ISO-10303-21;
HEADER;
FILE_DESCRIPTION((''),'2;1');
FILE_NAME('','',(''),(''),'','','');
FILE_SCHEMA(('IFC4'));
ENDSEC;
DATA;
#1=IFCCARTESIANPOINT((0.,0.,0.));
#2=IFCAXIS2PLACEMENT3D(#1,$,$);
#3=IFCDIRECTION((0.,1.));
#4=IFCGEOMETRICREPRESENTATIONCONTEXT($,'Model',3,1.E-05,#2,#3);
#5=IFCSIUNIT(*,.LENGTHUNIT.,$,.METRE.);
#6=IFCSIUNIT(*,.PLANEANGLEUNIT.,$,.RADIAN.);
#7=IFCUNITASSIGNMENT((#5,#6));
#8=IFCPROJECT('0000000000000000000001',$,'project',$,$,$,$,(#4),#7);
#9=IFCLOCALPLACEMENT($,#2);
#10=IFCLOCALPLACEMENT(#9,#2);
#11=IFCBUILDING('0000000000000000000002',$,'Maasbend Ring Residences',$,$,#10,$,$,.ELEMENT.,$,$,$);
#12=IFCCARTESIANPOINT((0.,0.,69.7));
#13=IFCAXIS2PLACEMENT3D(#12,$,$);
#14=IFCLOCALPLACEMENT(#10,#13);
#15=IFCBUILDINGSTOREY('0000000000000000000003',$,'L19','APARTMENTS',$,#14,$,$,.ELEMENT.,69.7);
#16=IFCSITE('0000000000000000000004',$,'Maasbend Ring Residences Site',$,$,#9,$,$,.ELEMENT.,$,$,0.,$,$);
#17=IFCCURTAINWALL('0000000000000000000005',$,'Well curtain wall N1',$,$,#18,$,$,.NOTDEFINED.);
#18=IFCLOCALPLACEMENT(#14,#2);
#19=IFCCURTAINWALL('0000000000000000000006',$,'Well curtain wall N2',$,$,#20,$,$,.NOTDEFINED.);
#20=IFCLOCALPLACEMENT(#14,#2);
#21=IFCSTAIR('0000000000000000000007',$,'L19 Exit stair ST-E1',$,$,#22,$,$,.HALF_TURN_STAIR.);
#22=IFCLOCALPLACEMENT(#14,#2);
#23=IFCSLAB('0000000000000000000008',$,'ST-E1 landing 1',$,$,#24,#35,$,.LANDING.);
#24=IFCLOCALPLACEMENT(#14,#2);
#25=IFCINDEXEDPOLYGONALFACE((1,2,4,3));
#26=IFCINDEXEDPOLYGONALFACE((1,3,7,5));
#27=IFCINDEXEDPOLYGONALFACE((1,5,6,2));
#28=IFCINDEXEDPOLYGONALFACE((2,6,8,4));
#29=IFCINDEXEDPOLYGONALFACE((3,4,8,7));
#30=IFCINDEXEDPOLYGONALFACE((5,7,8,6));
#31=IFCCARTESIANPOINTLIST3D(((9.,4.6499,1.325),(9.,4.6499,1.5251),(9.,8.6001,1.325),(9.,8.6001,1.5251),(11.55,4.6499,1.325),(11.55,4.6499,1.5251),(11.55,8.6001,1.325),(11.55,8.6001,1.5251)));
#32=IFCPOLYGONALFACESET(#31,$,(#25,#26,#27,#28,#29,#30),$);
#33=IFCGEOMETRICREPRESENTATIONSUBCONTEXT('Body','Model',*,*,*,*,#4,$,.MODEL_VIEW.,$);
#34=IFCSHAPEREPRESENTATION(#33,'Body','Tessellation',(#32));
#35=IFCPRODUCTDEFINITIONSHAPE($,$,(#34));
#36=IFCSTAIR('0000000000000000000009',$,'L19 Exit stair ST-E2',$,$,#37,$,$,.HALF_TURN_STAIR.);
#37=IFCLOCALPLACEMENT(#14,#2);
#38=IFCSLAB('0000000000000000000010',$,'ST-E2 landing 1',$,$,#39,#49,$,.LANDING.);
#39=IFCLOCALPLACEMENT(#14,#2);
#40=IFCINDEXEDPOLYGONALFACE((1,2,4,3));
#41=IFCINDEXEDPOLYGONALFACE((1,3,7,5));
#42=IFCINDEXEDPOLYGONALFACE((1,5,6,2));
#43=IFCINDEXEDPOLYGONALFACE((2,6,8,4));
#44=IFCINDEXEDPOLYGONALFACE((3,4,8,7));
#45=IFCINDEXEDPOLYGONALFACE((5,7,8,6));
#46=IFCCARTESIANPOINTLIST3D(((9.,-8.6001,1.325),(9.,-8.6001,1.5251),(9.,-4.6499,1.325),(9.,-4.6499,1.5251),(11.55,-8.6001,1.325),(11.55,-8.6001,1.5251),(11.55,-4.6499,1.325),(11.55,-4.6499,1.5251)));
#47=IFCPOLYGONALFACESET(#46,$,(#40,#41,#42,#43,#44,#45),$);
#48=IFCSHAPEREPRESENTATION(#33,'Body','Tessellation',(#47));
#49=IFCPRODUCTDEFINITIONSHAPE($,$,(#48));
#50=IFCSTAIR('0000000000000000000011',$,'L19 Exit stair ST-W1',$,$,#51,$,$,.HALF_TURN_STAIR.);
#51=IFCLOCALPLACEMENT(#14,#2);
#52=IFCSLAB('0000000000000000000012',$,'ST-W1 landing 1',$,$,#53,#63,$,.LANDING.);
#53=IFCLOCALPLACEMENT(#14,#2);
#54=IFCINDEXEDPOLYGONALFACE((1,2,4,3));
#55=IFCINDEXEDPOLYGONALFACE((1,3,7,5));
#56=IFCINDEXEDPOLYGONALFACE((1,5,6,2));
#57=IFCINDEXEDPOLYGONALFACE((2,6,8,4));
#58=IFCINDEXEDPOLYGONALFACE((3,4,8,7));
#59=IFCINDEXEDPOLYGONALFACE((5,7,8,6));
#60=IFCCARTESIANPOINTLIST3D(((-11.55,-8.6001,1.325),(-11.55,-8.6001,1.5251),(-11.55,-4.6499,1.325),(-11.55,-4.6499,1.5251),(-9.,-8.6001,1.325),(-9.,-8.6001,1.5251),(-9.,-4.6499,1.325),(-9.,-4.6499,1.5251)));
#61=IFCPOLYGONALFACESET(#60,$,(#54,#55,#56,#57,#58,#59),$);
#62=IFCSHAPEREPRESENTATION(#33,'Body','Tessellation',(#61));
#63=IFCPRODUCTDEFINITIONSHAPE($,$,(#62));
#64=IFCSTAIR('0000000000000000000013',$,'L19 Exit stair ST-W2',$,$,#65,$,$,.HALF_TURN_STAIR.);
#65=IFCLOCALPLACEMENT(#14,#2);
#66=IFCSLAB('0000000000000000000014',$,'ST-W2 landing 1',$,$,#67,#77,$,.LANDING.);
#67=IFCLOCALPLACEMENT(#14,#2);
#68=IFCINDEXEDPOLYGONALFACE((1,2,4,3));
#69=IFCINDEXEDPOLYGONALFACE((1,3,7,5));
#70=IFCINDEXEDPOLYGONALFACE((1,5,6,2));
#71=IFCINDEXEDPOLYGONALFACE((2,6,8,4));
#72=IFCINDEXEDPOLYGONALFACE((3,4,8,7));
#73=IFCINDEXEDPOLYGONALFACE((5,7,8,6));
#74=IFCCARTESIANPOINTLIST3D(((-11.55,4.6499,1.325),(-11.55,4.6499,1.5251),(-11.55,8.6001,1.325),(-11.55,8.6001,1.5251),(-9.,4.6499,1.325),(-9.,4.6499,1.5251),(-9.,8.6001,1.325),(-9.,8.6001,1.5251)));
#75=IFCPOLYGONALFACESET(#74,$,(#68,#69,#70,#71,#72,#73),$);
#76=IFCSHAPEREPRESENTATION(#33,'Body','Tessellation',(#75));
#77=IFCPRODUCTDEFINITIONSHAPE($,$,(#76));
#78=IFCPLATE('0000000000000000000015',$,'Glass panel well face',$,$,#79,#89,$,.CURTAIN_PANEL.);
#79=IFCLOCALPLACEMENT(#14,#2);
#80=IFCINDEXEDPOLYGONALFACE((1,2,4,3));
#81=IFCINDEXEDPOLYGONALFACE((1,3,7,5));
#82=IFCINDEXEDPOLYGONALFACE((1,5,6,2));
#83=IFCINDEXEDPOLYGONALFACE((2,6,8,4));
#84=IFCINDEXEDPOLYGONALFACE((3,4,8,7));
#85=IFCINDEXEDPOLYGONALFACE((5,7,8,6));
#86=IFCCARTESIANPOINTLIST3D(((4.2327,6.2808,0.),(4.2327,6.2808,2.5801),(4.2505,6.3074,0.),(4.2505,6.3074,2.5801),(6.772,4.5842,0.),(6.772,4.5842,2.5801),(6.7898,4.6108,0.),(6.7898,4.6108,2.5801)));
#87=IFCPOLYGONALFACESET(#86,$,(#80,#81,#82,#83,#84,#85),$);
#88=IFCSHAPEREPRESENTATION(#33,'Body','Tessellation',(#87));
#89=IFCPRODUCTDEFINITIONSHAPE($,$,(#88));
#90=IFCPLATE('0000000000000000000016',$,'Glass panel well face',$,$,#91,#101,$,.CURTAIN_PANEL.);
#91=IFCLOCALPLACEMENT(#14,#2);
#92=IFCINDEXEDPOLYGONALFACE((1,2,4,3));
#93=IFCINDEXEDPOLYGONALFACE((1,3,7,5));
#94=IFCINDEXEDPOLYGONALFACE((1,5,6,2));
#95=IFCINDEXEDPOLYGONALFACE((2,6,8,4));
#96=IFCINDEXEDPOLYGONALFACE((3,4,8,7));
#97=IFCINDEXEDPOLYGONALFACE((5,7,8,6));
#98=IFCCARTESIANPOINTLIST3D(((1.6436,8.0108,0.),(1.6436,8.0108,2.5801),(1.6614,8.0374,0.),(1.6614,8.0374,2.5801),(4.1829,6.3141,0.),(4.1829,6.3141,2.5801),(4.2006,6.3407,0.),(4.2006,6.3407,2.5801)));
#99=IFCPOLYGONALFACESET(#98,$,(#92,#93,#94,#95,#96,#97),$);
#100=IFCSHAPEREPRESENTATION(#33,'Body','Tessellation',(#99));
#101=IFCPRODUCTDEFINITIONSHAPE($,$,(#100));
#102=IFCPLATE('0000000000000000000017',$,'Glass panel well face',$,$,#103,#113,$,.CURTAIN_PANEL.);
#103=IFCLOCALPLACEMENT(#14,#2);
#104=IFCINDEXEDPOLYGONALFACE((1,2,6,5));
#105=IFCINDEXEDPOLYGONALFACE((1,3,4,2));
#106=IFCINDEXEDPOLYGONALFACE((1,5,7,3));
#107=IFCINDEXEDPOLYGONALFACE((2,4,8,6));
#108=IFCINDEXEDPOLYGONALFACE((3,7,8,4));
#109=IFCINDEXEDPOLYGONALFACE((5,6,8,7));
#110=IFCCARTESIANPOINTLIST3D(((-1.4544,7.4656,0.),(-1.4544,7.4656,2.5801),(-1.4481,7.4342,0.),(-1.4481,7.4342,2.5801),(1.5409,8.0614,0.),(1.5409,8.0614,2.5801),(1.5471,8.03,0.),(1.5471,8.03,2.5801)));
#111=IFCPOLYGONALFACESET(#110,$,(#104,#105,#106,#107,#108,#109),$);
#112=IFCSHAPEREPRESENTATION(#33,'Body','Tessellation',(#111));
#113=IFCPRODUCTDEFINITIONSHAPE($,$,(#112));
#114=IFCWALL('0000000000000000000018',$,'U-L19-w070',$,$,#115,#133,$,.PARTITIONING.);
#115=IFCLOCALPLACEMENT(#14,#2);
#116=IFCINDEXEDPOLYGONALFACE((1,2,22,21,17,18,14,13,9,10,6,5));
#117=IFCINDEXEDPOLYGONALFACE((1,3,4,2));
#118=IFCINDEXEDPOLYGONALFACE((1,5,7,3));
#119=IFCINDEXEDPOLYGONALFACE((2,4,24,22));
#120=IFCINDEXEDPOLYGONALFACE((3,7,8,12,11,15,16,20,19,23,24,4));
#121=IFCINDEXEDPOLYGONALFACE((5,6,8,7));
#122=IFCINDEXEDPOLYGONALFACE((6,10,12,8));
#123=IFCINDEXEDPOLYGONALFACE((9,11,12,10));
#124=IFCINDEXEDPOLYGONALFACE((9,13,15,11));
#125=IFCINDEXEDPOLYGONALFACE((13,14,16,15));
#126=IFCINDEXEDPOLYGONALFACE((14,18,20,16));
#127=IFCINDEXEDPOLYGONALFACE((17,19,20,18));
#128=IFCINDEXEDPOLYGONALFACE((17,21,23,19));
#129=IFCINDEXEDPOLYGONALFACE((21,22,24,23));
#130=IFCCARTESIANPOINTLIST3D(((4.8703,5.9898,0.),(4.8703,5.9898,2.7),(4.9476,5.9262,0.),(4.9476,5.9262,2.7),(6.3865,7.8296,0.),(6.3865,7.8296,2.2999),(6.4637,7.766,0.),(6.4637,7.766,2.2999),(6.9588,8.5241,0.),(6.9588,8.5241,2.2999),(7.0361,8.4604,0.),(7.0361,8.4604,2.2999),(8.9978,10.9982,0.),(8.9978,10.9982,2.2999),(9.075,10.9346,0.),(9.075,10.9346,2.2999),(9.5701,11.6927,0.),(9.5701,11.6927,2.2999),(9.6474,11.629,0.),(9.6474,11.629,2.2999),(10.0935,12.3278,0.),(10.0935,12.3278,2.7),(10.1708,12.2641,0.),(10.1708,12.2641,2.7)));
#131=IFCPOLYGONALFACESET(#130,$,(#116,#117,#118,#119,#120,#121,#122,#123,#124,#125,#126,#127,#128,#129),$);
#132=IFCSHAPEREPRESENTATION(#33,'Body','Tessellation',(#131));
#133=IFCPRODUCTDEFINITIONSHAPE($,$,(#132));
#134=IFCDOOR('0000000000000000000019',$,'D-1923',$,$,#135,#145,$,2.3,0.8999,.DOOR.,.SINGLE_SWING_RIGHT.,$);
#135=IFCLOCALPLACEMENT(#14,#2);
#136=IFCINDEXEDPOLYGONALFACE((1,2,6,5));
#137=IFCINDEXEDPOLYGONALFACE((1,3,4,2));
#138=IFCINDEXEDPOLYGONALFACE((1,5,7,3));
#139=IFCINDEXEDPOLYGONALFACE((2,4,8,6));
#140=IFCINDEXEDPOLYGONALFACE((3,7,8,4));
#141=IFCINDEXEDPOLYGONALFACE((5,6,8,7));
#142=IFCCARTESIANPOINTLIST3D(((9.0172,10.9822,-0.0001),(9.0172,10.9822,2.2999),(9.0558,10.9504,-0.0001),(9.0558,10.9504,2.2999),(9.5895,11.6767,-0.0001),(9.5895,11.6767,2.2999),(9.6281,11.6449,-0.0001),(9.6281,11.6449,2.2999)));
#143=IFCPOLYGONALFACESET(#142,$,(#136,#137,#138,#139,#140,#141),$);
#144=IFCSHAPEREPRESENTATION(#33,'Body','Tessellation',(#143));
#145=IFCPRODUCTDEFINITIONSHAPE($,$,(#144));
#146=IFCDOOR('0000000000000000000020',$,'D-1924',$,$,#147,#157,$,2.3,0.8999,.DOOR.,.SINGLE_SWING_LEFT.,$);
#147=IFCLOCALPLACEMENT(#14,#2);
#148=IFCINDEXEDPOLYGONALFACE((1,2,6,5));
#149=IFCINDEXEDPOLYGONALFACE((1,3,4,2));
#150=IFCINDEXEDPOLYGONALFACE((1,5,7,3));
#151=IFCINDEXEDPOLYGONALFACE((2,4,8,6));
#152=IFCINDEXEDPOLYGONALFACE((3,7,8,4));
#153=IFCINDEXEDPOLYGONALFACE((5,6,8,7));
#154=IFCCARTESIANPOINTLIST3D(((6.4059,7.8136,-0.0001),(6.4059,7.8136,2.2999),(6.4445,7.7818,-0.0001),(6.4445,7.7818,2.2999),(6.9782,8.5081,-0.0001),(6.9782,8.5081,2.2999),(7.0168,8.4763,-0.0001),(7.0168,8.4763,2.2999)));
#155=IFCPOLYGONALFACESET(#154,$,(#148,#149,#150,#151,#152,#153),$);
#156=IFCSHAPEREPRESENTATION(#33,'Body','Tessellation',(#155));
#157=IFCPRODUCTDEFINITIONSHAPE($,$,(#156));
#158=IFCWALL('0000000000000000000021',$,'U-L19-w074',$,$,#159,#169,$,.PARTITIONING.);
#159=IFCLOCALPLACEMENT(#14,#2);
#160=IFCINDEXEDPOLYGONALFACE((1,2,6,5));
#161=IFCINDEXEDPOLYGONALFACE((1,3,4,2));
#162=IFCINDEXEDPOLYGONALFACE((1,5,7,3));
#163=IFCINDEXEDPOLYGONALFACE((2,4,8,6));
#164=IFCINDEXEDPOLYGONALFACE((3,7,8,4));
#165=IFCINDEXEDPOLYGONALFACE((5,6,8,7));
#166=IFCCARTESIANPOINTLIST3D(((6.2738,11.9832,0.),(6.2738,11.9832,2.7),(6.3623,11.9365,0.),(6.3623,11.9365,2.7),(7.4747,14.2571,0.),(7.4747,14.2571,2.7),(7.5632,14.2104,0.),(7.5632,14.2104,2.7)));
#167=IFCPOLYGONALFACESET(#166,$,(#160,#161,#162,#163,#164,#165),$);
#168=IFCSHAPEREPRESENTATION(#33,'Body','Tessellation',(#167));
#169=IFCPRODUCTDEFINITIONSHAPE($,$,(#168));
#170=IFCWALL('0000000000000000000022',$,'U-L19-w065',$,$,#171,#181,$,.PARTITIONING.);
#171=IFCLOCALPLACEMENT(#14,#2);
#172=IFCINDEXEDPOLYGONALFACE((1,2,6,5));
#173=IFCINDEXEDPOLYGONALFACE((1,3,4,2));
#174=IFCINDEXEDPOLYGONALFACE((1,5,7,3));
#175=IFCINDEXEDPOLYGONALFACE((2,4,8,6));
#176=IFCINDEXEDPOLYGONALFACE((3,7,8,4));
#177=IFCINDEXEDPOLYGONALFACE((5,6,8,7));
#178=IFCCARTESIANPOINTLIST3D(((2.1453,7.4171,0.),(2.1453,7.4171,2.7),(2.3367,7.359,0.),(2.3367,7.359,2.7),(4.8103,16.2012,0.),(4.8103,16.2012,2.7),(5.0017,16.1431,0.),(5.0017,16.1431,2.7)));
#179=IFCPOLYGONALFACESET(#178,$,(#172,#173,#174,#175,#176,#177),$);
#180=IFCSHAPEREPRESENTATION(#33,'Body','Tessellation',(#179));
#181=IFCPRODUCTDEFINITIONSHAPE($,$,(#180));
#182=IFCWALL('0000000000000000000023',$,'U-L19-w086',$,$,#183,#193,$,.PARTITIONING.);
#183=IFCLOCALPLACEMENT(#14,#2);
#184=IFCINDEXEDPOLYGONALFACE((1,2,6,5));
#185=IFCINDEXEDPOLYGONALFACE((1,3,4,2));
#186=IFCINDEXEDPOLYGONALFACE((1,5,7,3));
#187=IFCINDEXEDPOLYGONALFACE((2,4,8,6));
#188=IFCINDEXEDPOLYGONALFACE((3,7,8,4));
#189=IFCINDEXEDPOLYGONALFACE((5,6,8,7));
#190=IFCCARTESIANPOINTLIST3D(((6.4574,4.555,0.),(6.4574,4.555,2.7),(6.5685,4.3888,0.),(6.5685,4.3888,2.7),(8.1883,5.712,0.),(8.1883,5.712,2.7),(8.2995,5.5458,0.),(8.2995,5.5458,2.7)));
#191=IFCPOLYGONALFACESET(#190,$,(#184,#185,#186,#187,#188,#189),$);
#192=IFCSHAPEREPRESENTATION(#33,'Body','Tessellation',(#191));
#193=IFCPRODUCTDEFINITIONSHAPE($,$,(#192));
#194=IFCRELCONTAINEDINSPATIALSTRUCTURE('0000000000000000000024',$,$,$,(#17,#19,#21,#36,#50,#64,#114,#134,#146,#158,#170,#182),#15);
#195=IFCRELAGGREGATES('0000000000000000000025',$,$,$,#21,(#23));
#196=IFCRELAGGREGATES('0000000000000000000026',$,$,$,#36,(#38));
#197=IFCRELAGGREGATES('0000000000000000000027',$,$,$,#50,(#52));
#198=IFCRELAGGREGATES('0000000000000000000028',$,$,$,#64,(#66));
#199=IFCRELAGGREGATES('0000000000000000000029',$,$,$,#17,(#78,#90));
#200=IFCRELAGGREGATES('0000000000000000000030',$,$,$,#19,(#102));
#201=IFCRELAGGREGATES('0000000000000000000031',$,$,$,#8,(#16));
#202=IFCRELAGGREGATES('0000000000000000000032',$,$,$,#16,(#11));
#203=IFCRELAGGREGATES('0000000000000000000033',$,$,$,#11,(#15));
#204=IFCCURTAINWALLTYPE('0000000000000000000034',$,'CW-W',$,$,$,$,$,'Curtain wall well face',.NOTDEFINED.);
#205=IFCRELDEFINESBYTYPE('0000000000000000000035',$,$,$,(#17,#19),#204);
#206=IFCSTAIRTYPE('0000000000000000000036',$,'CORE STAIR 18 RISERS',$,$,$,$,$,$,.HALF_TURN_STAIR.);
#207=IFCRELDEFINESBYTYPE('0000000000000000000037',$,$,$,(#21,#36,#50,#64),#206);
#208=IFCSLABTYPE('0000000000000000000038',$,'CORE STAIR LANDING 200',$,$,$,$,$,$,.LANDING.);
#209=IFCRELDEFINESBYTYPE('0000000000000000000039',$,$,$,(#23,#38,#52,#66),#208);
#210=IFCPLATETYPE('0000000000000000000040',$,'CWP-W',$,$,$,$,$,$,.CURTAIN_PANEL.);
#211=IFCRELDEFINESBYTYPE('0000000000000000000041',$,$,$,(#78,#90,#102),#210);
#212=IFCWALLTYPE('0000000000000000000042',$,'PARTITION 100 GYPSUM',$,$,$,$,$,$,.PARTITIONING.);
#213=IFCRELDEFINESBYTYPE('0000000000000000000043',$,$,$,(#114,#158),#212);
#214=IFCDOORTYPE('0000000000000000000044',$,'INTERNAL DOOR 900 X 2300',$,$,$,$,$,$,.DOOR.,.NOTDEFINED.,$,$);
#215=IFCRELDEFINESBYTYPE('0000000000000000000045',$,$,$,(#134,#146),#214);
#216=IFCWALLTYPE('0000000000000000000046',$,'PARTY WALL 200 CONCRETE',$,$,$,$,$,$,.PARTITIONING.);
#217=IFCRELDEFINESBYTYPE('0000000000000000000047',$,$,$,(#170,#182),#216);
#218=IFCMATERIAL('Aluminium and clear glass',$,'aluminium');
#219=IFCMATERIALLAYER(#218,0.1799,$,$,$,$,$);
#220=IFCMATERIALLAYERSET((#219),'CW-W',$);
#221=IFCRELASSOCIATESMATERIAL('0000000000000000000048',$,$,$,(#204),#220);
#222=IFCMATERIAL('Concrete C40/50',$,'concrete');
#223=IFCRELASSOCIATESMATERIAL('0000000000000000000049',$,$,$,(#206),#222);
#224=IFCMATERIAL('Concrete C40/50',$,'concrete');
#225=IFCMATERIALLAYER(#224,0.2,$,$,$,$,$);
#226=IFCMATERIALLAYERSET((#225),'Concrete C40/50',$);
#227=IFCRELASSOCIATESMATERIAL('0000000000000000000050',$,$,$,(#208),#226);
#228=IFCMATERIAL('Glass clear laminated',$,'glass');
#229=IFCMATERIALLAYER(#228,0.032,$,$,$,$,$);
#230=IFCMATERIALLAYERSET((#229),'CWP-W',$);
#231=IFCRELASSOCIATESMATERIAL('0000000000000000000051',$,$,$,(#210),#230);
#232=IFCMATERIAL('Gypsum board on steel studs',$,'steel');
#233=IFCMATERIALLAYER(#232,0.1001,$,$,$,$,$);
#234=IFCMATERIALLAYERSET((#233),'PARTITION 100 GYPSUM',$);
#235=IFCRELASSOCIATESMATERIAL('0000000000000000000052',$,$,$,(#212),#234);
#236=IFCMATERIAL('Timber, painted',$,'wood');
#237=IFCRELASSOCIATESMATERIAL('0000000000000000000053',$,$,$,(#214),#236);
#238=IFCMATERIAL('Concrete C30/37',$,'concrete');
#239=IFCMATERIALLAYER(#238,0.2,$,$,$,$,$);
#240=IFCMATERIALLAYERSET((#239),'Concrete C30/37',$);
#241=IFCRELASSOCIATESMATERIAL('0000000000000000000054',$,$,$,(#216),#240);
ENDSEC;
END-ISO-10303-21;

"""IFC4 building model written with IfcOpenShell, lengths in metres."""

from ifc_helpers import new_model, si_unit, direction, frame, frame_2d, origin, origin_2d, place, context, subcontext, project, spatial, polyline, rectangle, outline, extrude, material, layer, layer_set, type_object, element, fill, aggregate, save


model = new_model("IFC4")

# Units and contexts
model_context = context("Model", 3, precision=1e-05, world=origin(), true_north=direction((0.0, 1.0)))
body_context = subcontext(model_context, "Body", "Model", "MODEL_VIEW")
ifc_project = project(units=[si_unit("LENGTHUNIT", "METRE"), si_unit("PLANEANGLEUNIT", "RADIAN")], contexts=[model_context])

# Site, building, storey
site_placement = place(None, origin())
site = spatial("IfcSite", under=ifc_project, at=site_placement, Name="Maasbend Ring Residences Site", CompositionType="ELEMENT", RefElevation=0.0)
building_placement = place(site_placement, origin())
building = spatial("IfcBuilding", under=site, at=building_placement, Name="Maasbend Ring Residences", CompositionType="ELEMENT")
storey_placement = place(building_placement, frame((0.0, 0.0, 69.7)))
storey = spatial("IfcBuildingStorey", under=building, at=storey_placement, Name="L19", Description="APARTMENTS", CompositionType="ELEMENT", Elevation=69.7)

# Curtain wall
ifc_material_1 = material(Name="Aluminium and clear glass", Category="aluminium")
ifc_layer_1 = layer(ifc_material_1, 0.1799)
ifc_layer_set_1 = layer_set([ifc_layer_1], Name="CW-W")
curtain_wall_type = type_object("IfcCurtainWallType", Name="CW-W", ElementType="Curtain wall well face", PredefinedType="NOTDEFINED", material=ifc_layer_set_1)
curtain_wall_1_placement = place(storey_placement, origin())
curtain_wall_1 = element("IfcCurtainWall", 1, at=curtain_wall_1_placement, inside=storey, type_object=curtain_wall_type, Name="Well curtain wall N1", PredefinedType="NOTDEFINED")

# Curtain wall
curtain_wall_2_placement = place(storey_placement, origin())
curtain_wall_2 = element("IfcCurtainWall", 2, at=curtain_wall_2_placement, inside=storey, type_object=curtain_wall_type, Name="Well curtain wall N2", PredefinedType="NOTDEFINED")

# Stairs, slabs
ifc_material_2 = material(Name="Concrete C40/50", Category="concrete")
stair_type = type_object("IfcStairType", Name="CORE STAIR 18 RISERS", PredefinedType="HALF_TURN_STAIR", material=ifc_material_2)
stair_1_placement = place(storey_placement, origin())
stair_1 = element("IfcStair", 3, at=stair_1_placement, inside=storey, type_object=stair_type, Name="L19 Exit stair ST-E1", PredefinedType="HALF_TURN_STAIR")
ifc_material_3 = material(Name="Concrete C40/50", Category="concrete")
ifc_layer_2 = layer(ifc_material_3, 0.2)
ifc_layer_set_2 = layer_set([ifc_layer_2], Name="Concrete C40/50")
slab_type = type_object("IfcSlabType", Name="CORE STAIR LANDING 200", PredefinedType="LANDING", material=ifc_layer_set_2)
slab_1_placement = place(storey_placement, frame((0.0, 0.0, 1.325)))
slab_1 = element("IfcSlab", 4, at=slab_1_placement, type_object=slab_type, Name="ST-E1 landing 1", PredefinedType="LANDING", context=body_context, shape_type="SweptSolid", body=[
    extrude(outline(polyline([(11.55, 8.6001), (9.0, 8.6001), (9.0, 4.6499), (11.55, 4.6499), (11.55, 8.6001)])), origin(), (0.0, 0.0, 1.0), 0.2002),
])
aggregate(stair_1, [slab_1])
stair_2_placement = place(storey_placement, origin())
stair_2 = element("IfcStair", 5, at=stair_2_placement, inside=storey, type_object=stair_type, Name="L19 Exit stair ST-E2", PredefinedType="HALF_TURN_STAIR")
slab_2_placement = place(storey_placement, frame((0.0, 0.0, 1.325)))
slab_2 = element("IfcSlab", 6, at=slab_2_placement, type_object=slab_type, Name="ST-E2 landing 1", PredefinedType="LANDING", context=body_context, shape_type="SweptSolid", body=[
    extrude(outline(polyline([(11.55, -4.6499), (9.0, -4.6499), (9.0, -8.6001), (11.55, -8.6001), (11.55, -4.6499)])), origin(), (0.0, 0.0, 1.0), 0.2002),
])
aggregate(stair_2, [slab_2])
stair_3_placement = place(storey_placement, origin())
stair_3 = element("IfcStair", 7, at=stair_3_placement, inside=storey, type_object=stair_type, Name="L19 Exit stair ST-W1", PredefinedType="HALF_TURN_STAIR")
slab_3_placement = place(storey_placement, frame((0.0, 0.0, 1.325)))
slab_3 = element("IfcSlab", 8, at=slab_3_placement, type_object=slab_type, Name="ST-W1 landing 1", PredefinedType="LANDING", context=body_context, shape_type="SweptSolid", body=[
    extrude(outline(polyline([(-11.55, -8.6001), (-9.0, -8.6001), (-9.0, -4.6499), (-11.55, -4.6499), (-11.55, -8.6001)])), origin(), (0.0, 0.0, 1.0), 0.2002),
])
aggregate(stair_3, [slab_3])
stair_4_placement = place(storey_placement, origin())
stair_4 = element("IfcStair", 9, at=stair_4_placement, inside=storey, type_object=stair_type, Name="L19 Exit stair ST-W2", PredefinedType="HALF_TURN_STAIR")
slab_4_placement = place(storey_placement, frame((0.0, 0.0, 1.325)))
slab_4 = element("IfcSlab", 10, at=slab_4_placement, type_object=slab_type, Name="ST-W2 landing 1", PredefinedType="LANDING", context=body_context, shape_type="SweptSolid", body=[
    extrude(outline(polyline([(-11.55, 4.6499), (-9.0, 4.6499), (-9.0, 8.6001), (-11.55, 8.6001), (-11.55, 4.6499)])), origin(), (0.0, 0.0, 1.0), 0.2002),
])
aggregate(stair_4, [slab_4])

# Plates
ifc_material_4 = material(Name="Glass clear laminated", Category="glass")
ifc_layer_3 = layer(ifc_material_4, 0.032)
ifc_layer_set_3 = layer_set([ifc_layer_3], Name="CWP-W")
plate_type = type_object("IfcPlateType", Name="CWP-W", PredefinedType="CURTAIN_PANEL", material=ifc_layer_set_3)
plate_1_placement = place(storey_placement, frame((5.5112, 5.4458, 0.0), z_axis=(0.0, 0.0, 1.0), x_axis=(-0.83147, 0.55557, 0.0)))
plate_1 = element("IfcPlate", 11, at=plate_1_placement, type_object=plate_type, Name="Glass panel well face", PredefinedType="CURTAIN_PANEL", context=body_context, shape_type="SweptSolid", body=[
    extrude(rectangle(XDim=3.054, YDim=0.032, at=origin_2d()), origin(), (0.0, 0.0, 1.0), 2.5801),
])
plate_2_placement = place(storey_placement, frame((2.9221, 7.1758, 0.0), z_axis=(0.0, 0.0, 1.0), x_axis=(-0.83147, 0.55557, 0.0)))
plate_2 = element("IfcPlate", 12, at=plate_2_placement, type_object=plate_type, Name="Glass panel well face", PredefinedType="CURTAIN_PANEL", context=body_context, shape_type="SweptSolid", body=[
    extrude(rectangle(XDim=3.054, YDim=0.032, at=origin_2d()), origin(), (0.0, 0.0, 1.0), 2.5801),
])
aggregate(curtain_wall_1, [plate_1, plate_2])
plate_3_placement = place(storey_placement, frame((0.0464, 7.7478, 0.0), z_axis=(0.0, 0.0, 1.0), x_axis=(-0.980785, -0.19509, 0.0)))
plate_3 = element("IfcPlate", 13, at=plate_3_placement, type_object=plate_type, Name="Glass panel well face", PredefinedType="CURTAIN_PANEL", context=body_context, shape_type="SweptSolid", body=[
    extrude(rectangle(XDim=3.054, YDim=0.032, at=origin_2d()), origin(), (0.0, 0.0, 1.0), 2.5801),
])
aggregate(curtain_wall_2, [plate_3])

# Wall, openings, doors
ifc_material_5 = material(Name="Gypsum board on steel studs", Category="steel")
ifc_layer_4 = layer(ifc_material_5, 0.1001)
ifc_layer_set_4 = layer_set([ifc_layer_4], Name="PARTITION 100 GYPSUM")
wall_type_1 = type_object("IfcWallType", Name="PARTITION 100 GYPSUM", PredefinedType="PARTITIONING", material=ifc_layer_set_4)
wall_1_placement = place(storey_placement, frame((4.9089, 5.958, 0.0), z_axis=(0.0, 0.0, 1.0), x_axis=(0.635976, 0.771709, 0.0)))
wall_1 = element("IfcWall", 14, at=wall_1_placement, inside=storey, type_object=wall_type_1, Name="U-L19-w070", PredefinedType="PARTITIONING", context=body_context, shape_type="SweptSolid", body=[
    extrude(rectangle(XDim=8.2129, YDim=0.1001, at=frame_2d((4.1064, 0.0))), origin(), (0.0, 0.0, 1.0), 2.7),
])
opening_1_placement = place(wall_1_placement, frame((6.49, 0.0, 0.0)))
opening_1 = element("IfcOpeningElement", 15, at=opening_1_placement, cuts=wall_1, PredefinedType="OPENING", context=body_context, shape_type="SweptSolid", body=[
    extrude(rectangle(XDim=0.8999, YDim=2.3, at=frame_2d((0.45, 1.1499))), frame((0.0, 0.0601, 0.0), z_axis=(0.0, -1.0, 0.0), x_axis=(1.0, 0.0, 0.0)), (0.0, 0.0, 1.0), 0.1201),
])
opening_2_placement = place(wall_1_placement, frame((2.384, 0.0, 0.0)))
opening_2 = element("IfcOpeningElement", 16, at=opening_2_placement, cuts=wall_1, PredefinedType="OPENING", context=body_context, shape_type="SweptSolid", body=[
    extrude(rectangle(XDim=0.8999, YDim=2.3, at=frame_2d((0.45, 1.1499))), frame((0.0, 0.0601, 0.0), z_axis=(0.0, -1.0, 0.0), x_axis=(1.0, 0.0, 0.0)), (0.0, 0.0, 1.0), 0.1201),
])
ifc_material_6 = material(Name="Timber, painted", Category="wood")
door_type = type_object("IfcDoorType", Name="INTERNAL DOOR 900 X 2300", OperationType="NOTDEFINED", PredefinedType="DOOR", material=ifc_material_6)
door_1_placement = place(opening_1_placement, origin())
door_1 = element("IfcDoor", 17, at=door_1_placement, inside=storey, type_object=door_type, Name="D-1923", OperationType="SINGLE_SWING_RIGHT", OverallHeight=2.3, OverallWidth=0.8999, PredefinedType="DOOR", context=body_context, shape_type="SweptSolid", body=[
    extrude(rectangle(XDim=0.8999, YDim=2.3, at=frame_2d((0.45, 1.1499))), frame((0.0, 0.0249, 0.0), z_axis=(0.0, -1.0, 0.0), x_axis=(1.0, 0.0, 0.0)), (0.0, 0.0, 1.0), 0.05),
])
fill(opening_1, door_1)
door_2_placement = place(opening_2_placement, origin())
door_2 = element("IfcDoor", 18, at=door_2_placement, inside=storey, type_object=door_type, Name="D-1924", OperationType="SINGLE_SWING_LEFT", OverallHeight=2.3, OverallWidth=0.8999, PredefinedType="DOOR", context=body_context, shape_type="SweptSolid", body=[
    extrude(rectangle(XDim=0.8999, YDim=2.3, at=frame_2d((0.45, 1.1499))), frame((0.0, 0.0249, 0.0), z_axis=(0.0, -1.0, 0.0), x_axis=(1.0, 0.0, 0.0)), (0.0, 0.0, 1.0), 0.05),
])
fill(opening_2, door_2)

# Walls
wall_2_placement = place(storey_placement, frame((6.3181, 11.96, 0.0), z_axis=(0.0, 0.0, 1.0), x_axis=(0.467002, 0.884256, 0.0)))
element("IfcWall", 19, at=wall_2_placement, inside=storey, type_object=wall_type_1, Name="U-L19-w074", PredefinedType="PARTITIONING", context=body_context, shape_type="SweptSolid", body=[
    extrude(rectangle(XDim=2.5715, YDim=0.1001, at=frame_2d((1.2856, 0.0))), origin(), (0.0, 0.0, 1.0), 2.7),
])
ifc_material_7 = material(Name="Concrete C30/37", Category="concrete")
ifc_layer_5 = layer(ifc_material_7, 0.2)
ifc_layer_set_5 = layer_set([ifc_layer_5], Name="Concrete C30/37")
wall_type_2 = type_object("IfcWallType", Name="PARTY WALL 200 CONCRETE", PredefinedType="PARTITIONING", material=ifc_layer_set_5)
wall_3_placement = place(storey_placement, frame((2.241, 7.3879, 0.0), z_axis=(0.0, 0.0, 1.0), x_axis=(0.290323, 0.956929, 0.0)))
element("IfcWall", 20, at=wall_3_placement, inside=storey, type_object=wall_type_2, Name="U-L19-w065", PredefinedType="PARTITIONING", context=body_context, shape_type="SweptSolid", body=[
    extrude(rectangle(XDim=9.1794, YDim=0.2, at=frame_2d((4.5898, 0.0))), origin(), (0.0, 0.0, 1.0), 2.7),
])
wall_4_placement = place(storey_placement, frame((6.5129, 4.4719, 0.0), z_axis=(0.0, 0.0, 1.0), x_axis=(0.831382, 0.555701, 0.0)))
element("IfcWall", 21, at=wall_4_placement, inside=storey, type_object=wall_type_2, Name="U-L19-w086", PredefinedType="PARTITIONING", context=body_context, shape_type="SweptSolid", body=[
    extrude(rectangle(XDim=2.082, YDim=0.2, at=frame_2d((1.041, 0.0))), origin(), (0.0, 0.0, 1.0), 2.7),
])

save(model, "model.ifc")
